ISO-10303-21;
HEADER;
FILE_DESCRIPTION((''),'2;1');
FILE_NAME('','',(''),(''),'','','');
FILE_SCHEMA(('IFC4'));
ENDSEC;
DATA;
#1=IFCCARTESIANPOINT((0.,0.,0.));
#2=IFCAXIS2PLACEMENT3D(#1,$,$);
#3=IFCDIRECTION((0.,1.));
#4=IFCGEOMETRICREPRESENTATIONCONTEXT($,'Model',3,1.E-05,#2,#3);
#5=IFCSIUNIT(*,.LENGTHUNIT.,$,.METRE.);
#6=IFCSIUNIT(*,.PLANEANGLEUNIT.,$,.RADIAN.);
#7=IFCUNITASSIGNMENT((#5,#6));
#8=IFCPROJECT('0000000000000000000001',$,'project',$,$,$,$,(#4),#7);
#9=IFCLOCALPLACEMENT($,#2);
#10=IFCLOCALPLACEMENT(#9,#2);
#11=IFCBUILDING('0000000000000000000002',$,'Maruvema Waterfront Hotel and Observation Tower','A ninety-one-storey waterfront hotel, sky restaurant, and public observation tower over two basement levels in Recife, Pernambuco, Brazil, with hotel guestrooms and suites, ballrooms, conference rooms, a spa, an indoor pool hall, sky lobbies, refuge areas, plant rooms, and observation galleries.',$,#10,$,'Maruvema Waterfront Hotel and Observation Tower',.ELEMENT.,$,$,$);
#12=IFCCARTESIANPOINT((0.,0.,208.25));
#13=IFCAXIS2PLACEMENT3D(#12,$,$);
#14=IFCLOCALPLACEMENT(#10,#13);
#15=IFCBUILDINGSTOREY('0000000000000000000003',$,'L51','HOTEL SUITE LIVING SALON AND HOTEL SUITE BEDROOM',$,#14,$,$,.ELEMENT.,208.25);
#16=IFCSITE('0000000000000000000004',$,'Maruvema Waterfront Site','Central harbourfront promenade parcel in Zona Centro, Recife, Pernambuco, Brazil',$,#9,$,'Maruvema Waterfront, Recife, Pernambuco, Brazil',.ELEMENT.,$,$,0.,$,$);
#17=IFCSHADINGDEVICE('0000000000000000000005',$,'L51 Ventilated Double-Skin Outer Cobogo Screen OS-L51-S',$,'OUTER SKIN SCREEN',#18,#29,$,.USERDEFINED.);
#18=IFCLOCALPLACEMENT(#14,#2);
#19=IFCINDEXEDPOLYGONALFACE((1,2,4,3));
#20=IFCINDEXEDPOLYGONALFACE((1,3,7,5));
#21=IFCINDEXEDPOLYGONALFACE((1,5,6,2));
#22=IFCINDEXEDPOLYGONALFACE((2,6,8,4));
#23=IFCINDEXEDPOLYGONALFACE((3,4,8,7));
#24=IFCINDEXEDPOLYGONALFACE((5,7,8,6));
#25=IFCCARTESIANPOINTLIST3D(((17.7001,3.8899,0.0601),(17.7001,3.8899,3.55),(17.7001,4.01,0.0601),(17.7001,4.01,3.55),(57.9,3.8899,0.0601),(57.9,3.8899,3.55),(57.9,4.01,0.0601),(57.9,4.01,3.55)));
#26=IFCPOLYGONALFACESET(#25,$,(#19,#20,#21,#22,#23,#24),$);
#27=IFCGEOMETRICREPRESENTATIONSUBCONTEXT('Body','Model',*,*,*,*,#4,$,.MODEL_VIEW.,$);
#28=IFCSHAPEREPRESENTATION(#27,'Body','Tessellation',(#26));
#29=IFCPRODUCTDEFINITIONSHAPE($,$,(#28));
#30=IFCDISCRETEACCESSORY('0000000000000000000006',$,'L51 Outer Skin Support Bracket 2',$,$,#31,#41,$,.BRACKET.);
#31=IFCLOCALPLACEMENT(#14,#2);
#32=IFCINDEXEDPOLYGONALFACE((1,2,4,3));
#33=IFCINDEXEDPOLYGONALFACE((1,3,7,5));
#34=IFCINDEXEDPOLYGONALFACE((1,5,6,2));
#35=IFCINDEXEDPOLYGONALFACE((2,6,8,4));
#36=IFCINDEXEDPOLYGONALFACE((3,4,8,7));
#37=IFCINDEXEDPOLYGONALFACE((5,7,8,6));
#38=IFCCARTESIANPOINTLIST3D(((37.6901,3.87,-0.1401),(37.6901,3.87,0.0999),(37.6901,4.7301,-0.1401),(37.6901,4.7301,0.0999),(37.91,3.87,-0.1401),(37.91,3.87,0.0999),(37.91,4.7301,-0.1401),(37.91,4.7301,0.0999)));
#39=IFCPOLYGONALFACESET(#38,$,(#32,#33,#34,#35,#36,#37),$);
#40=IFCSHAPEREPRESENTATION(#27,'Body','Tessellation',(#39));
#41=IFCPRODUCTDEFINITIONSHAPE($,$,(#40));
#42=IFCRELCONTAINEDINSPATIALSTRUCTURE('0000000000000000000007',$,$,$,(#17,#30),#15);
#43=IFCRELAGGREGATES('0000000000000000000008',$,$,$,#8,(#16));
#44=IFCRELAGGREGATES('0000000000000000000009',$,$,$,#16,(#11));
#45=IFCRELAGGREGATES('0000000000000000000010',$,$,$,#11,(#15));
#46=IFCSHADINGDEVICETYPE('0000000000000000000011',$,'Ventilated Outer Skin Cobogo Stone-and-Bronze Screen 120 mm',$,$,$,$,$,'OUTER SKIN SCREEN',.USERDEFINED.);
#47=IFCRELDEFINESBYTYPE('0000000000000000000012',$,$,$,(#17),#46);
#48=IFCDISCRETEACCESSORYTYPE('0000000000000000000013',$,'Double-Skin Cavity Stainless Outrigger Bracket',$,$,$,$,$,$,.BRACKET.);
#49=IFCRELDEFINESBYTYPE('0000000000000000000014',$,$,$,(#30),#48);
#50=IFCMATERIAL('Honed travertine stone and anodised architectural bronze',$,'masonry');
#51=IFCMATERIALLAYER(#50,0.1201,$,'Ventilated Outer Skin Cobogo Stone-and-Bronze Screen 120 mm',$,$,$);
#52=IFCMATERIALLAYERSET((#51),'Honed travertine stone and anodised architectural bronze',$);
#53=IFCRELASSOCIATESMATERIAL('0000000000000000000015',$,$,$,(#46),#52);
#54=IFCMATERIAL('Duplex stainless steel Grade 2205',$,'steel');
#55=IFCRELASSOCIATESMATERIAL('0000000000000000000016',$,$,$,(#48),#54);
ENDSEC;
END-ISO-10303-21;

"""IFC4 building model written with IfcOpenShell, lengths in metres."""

from ifc_helpers import new_model, si_unit, direction, frame, origin, origin_2d, place, context, subcontext, project, spatial, rectangle, extrude, material, layer, layer_set, type_object, element, save


model = new_model("IFC4")

# Units and contexts
model_context = context("Model", 3, precision=1e-05, world=origin(), true_north=direction((0.0, 1.0)))
body_context = subcontext(model_context, "Body", "Model", "MODEL_VIEW")
ifc_project = project(units=[si_unit("LENGTHUNIT", "METRE"), si_unit("PLANEANGLEUNIT", "RADIAN")], contexts=[model_context])

# Site, building, storey
site_placement = place(None, origin())
site = spatial("IfcSite", under=ifc_project, at=site_placement, Name="Maruvema Waterfront Site", Description="Central harbourfront promenade parcel in Zona Centro, Recife, Pernambuco, Brazil", LongName="Maruvema Waterfront, Recife, Pernambuco, Brazil", CompositionType="ELEMENT", RefElevation=0.0)
building_placement = place(site_placement, origin())
building = spatial("IfcBuilding", under=site, at=building_placement, Name="Maruvema Waterfront Hotel and Observation Tower", Description="A ninety-one-storey waterfront hotel, sky restaurant, and public observation tower over two basement levels in Recife, Pernambuco, Brazil, with hotel guestrooms and suites, ballrooms, conference rooms, a spa, an indoor pool hall, sky lobbies, refuge areas, plant rooms, and observation galleries.", LongName="Maruvema Waterfront Hotel and Observation Tower", CompositionType="ELEMENT")
storey_placement = place(building_placement, frame((0.0, 0.0, 208.25)))
storey = spatial("IfcBuildingStorey", under=building, at=storey_placement, Name="L51", Description="HOTEL SUITE LIVING SALON AND HOTEL SUITE BEDROOM", CompositionType="ELEMENT", Elevation=208.25)

# Shading device
ifc_material_1 = material(Name="Honed travertine stone and anodised architectural bronze", Category="masonry")
ifc_layer_1 = layer(ifc_material_1, 0.1201, Name="Ventilated Outer Skin Cobogo Stone-and-Bronze Screen 120 mm")
ifc_layer_set_1 = layer_set([ifc_layer_1], Name="Honed travertine stone and anodised architectural bronze")
shading_device_type = type_object("IfcShadingDeviceType", Name="Ventilated Outer Skin Cobogo Stone-and-Bronze Screen 120 mm", ElementType="OUTER SKIN SCREEN", PredefinedType="USERDEFINED", material=ifc_layer_set_1)
shading_device_placement = place(storey_placement, frame((37.8, 3.95, 0.0601), z_axis=(0.0, 0.0, 1.0), x_axis=(1.0, 0.0, 0.0)))
element("IfcShadingDevice", 1, at=shading_device_placement, inside=storey, type_object=shading_device_type, Name="L51 Ventilated Double-Skin Outer Cobogo Screen OS-L51-S", ObjectType="OUTER SKIN SCREEN", PredefinedType="USERDEFINED", context=body_context, shape_type="SweptSolid", body=[
    extrude(rectangle(XDim=40.2, YDim=0.1201, at=origin_2d()), origin(), (0.0, 0.0, 1.0), 3.49),
])

# Discrete accessory
ifc_material_2 = material(Name="Duplex stainless steel Grade 2205", Category="steel")
discrete_accessory_type = type_object("IfcDiscreteAccessoryType", Name="Double-Skin Cavity Stainless Outrigger Bracket", PredefinedType="BRACKET", material=ifc_material_2)
discrete_accessory_placement = place(storey_placement, frame((37.8, 4.3, -0.1401), z_axis=(0.0, 0.0, 1.0), x_axis=(1.0, 0.0, 0.0)))
element("IfcDiscreteAccessory", 2, at=discrete_accessory_placement, inside=storey, type_object=discrete_accessory_type, Name="L51 Outer Skin Support Bracket 2", PredefinedType="BRACKET", context=body_context, shape_type="SweptSolid", body=[
    extrude(rectangle(XDim=0.22, YDim=0.8601, at=origin_2d()), origin(), (0.0, 0.0, 1.0), 0.24),
])

save(model, "model.ifc")
